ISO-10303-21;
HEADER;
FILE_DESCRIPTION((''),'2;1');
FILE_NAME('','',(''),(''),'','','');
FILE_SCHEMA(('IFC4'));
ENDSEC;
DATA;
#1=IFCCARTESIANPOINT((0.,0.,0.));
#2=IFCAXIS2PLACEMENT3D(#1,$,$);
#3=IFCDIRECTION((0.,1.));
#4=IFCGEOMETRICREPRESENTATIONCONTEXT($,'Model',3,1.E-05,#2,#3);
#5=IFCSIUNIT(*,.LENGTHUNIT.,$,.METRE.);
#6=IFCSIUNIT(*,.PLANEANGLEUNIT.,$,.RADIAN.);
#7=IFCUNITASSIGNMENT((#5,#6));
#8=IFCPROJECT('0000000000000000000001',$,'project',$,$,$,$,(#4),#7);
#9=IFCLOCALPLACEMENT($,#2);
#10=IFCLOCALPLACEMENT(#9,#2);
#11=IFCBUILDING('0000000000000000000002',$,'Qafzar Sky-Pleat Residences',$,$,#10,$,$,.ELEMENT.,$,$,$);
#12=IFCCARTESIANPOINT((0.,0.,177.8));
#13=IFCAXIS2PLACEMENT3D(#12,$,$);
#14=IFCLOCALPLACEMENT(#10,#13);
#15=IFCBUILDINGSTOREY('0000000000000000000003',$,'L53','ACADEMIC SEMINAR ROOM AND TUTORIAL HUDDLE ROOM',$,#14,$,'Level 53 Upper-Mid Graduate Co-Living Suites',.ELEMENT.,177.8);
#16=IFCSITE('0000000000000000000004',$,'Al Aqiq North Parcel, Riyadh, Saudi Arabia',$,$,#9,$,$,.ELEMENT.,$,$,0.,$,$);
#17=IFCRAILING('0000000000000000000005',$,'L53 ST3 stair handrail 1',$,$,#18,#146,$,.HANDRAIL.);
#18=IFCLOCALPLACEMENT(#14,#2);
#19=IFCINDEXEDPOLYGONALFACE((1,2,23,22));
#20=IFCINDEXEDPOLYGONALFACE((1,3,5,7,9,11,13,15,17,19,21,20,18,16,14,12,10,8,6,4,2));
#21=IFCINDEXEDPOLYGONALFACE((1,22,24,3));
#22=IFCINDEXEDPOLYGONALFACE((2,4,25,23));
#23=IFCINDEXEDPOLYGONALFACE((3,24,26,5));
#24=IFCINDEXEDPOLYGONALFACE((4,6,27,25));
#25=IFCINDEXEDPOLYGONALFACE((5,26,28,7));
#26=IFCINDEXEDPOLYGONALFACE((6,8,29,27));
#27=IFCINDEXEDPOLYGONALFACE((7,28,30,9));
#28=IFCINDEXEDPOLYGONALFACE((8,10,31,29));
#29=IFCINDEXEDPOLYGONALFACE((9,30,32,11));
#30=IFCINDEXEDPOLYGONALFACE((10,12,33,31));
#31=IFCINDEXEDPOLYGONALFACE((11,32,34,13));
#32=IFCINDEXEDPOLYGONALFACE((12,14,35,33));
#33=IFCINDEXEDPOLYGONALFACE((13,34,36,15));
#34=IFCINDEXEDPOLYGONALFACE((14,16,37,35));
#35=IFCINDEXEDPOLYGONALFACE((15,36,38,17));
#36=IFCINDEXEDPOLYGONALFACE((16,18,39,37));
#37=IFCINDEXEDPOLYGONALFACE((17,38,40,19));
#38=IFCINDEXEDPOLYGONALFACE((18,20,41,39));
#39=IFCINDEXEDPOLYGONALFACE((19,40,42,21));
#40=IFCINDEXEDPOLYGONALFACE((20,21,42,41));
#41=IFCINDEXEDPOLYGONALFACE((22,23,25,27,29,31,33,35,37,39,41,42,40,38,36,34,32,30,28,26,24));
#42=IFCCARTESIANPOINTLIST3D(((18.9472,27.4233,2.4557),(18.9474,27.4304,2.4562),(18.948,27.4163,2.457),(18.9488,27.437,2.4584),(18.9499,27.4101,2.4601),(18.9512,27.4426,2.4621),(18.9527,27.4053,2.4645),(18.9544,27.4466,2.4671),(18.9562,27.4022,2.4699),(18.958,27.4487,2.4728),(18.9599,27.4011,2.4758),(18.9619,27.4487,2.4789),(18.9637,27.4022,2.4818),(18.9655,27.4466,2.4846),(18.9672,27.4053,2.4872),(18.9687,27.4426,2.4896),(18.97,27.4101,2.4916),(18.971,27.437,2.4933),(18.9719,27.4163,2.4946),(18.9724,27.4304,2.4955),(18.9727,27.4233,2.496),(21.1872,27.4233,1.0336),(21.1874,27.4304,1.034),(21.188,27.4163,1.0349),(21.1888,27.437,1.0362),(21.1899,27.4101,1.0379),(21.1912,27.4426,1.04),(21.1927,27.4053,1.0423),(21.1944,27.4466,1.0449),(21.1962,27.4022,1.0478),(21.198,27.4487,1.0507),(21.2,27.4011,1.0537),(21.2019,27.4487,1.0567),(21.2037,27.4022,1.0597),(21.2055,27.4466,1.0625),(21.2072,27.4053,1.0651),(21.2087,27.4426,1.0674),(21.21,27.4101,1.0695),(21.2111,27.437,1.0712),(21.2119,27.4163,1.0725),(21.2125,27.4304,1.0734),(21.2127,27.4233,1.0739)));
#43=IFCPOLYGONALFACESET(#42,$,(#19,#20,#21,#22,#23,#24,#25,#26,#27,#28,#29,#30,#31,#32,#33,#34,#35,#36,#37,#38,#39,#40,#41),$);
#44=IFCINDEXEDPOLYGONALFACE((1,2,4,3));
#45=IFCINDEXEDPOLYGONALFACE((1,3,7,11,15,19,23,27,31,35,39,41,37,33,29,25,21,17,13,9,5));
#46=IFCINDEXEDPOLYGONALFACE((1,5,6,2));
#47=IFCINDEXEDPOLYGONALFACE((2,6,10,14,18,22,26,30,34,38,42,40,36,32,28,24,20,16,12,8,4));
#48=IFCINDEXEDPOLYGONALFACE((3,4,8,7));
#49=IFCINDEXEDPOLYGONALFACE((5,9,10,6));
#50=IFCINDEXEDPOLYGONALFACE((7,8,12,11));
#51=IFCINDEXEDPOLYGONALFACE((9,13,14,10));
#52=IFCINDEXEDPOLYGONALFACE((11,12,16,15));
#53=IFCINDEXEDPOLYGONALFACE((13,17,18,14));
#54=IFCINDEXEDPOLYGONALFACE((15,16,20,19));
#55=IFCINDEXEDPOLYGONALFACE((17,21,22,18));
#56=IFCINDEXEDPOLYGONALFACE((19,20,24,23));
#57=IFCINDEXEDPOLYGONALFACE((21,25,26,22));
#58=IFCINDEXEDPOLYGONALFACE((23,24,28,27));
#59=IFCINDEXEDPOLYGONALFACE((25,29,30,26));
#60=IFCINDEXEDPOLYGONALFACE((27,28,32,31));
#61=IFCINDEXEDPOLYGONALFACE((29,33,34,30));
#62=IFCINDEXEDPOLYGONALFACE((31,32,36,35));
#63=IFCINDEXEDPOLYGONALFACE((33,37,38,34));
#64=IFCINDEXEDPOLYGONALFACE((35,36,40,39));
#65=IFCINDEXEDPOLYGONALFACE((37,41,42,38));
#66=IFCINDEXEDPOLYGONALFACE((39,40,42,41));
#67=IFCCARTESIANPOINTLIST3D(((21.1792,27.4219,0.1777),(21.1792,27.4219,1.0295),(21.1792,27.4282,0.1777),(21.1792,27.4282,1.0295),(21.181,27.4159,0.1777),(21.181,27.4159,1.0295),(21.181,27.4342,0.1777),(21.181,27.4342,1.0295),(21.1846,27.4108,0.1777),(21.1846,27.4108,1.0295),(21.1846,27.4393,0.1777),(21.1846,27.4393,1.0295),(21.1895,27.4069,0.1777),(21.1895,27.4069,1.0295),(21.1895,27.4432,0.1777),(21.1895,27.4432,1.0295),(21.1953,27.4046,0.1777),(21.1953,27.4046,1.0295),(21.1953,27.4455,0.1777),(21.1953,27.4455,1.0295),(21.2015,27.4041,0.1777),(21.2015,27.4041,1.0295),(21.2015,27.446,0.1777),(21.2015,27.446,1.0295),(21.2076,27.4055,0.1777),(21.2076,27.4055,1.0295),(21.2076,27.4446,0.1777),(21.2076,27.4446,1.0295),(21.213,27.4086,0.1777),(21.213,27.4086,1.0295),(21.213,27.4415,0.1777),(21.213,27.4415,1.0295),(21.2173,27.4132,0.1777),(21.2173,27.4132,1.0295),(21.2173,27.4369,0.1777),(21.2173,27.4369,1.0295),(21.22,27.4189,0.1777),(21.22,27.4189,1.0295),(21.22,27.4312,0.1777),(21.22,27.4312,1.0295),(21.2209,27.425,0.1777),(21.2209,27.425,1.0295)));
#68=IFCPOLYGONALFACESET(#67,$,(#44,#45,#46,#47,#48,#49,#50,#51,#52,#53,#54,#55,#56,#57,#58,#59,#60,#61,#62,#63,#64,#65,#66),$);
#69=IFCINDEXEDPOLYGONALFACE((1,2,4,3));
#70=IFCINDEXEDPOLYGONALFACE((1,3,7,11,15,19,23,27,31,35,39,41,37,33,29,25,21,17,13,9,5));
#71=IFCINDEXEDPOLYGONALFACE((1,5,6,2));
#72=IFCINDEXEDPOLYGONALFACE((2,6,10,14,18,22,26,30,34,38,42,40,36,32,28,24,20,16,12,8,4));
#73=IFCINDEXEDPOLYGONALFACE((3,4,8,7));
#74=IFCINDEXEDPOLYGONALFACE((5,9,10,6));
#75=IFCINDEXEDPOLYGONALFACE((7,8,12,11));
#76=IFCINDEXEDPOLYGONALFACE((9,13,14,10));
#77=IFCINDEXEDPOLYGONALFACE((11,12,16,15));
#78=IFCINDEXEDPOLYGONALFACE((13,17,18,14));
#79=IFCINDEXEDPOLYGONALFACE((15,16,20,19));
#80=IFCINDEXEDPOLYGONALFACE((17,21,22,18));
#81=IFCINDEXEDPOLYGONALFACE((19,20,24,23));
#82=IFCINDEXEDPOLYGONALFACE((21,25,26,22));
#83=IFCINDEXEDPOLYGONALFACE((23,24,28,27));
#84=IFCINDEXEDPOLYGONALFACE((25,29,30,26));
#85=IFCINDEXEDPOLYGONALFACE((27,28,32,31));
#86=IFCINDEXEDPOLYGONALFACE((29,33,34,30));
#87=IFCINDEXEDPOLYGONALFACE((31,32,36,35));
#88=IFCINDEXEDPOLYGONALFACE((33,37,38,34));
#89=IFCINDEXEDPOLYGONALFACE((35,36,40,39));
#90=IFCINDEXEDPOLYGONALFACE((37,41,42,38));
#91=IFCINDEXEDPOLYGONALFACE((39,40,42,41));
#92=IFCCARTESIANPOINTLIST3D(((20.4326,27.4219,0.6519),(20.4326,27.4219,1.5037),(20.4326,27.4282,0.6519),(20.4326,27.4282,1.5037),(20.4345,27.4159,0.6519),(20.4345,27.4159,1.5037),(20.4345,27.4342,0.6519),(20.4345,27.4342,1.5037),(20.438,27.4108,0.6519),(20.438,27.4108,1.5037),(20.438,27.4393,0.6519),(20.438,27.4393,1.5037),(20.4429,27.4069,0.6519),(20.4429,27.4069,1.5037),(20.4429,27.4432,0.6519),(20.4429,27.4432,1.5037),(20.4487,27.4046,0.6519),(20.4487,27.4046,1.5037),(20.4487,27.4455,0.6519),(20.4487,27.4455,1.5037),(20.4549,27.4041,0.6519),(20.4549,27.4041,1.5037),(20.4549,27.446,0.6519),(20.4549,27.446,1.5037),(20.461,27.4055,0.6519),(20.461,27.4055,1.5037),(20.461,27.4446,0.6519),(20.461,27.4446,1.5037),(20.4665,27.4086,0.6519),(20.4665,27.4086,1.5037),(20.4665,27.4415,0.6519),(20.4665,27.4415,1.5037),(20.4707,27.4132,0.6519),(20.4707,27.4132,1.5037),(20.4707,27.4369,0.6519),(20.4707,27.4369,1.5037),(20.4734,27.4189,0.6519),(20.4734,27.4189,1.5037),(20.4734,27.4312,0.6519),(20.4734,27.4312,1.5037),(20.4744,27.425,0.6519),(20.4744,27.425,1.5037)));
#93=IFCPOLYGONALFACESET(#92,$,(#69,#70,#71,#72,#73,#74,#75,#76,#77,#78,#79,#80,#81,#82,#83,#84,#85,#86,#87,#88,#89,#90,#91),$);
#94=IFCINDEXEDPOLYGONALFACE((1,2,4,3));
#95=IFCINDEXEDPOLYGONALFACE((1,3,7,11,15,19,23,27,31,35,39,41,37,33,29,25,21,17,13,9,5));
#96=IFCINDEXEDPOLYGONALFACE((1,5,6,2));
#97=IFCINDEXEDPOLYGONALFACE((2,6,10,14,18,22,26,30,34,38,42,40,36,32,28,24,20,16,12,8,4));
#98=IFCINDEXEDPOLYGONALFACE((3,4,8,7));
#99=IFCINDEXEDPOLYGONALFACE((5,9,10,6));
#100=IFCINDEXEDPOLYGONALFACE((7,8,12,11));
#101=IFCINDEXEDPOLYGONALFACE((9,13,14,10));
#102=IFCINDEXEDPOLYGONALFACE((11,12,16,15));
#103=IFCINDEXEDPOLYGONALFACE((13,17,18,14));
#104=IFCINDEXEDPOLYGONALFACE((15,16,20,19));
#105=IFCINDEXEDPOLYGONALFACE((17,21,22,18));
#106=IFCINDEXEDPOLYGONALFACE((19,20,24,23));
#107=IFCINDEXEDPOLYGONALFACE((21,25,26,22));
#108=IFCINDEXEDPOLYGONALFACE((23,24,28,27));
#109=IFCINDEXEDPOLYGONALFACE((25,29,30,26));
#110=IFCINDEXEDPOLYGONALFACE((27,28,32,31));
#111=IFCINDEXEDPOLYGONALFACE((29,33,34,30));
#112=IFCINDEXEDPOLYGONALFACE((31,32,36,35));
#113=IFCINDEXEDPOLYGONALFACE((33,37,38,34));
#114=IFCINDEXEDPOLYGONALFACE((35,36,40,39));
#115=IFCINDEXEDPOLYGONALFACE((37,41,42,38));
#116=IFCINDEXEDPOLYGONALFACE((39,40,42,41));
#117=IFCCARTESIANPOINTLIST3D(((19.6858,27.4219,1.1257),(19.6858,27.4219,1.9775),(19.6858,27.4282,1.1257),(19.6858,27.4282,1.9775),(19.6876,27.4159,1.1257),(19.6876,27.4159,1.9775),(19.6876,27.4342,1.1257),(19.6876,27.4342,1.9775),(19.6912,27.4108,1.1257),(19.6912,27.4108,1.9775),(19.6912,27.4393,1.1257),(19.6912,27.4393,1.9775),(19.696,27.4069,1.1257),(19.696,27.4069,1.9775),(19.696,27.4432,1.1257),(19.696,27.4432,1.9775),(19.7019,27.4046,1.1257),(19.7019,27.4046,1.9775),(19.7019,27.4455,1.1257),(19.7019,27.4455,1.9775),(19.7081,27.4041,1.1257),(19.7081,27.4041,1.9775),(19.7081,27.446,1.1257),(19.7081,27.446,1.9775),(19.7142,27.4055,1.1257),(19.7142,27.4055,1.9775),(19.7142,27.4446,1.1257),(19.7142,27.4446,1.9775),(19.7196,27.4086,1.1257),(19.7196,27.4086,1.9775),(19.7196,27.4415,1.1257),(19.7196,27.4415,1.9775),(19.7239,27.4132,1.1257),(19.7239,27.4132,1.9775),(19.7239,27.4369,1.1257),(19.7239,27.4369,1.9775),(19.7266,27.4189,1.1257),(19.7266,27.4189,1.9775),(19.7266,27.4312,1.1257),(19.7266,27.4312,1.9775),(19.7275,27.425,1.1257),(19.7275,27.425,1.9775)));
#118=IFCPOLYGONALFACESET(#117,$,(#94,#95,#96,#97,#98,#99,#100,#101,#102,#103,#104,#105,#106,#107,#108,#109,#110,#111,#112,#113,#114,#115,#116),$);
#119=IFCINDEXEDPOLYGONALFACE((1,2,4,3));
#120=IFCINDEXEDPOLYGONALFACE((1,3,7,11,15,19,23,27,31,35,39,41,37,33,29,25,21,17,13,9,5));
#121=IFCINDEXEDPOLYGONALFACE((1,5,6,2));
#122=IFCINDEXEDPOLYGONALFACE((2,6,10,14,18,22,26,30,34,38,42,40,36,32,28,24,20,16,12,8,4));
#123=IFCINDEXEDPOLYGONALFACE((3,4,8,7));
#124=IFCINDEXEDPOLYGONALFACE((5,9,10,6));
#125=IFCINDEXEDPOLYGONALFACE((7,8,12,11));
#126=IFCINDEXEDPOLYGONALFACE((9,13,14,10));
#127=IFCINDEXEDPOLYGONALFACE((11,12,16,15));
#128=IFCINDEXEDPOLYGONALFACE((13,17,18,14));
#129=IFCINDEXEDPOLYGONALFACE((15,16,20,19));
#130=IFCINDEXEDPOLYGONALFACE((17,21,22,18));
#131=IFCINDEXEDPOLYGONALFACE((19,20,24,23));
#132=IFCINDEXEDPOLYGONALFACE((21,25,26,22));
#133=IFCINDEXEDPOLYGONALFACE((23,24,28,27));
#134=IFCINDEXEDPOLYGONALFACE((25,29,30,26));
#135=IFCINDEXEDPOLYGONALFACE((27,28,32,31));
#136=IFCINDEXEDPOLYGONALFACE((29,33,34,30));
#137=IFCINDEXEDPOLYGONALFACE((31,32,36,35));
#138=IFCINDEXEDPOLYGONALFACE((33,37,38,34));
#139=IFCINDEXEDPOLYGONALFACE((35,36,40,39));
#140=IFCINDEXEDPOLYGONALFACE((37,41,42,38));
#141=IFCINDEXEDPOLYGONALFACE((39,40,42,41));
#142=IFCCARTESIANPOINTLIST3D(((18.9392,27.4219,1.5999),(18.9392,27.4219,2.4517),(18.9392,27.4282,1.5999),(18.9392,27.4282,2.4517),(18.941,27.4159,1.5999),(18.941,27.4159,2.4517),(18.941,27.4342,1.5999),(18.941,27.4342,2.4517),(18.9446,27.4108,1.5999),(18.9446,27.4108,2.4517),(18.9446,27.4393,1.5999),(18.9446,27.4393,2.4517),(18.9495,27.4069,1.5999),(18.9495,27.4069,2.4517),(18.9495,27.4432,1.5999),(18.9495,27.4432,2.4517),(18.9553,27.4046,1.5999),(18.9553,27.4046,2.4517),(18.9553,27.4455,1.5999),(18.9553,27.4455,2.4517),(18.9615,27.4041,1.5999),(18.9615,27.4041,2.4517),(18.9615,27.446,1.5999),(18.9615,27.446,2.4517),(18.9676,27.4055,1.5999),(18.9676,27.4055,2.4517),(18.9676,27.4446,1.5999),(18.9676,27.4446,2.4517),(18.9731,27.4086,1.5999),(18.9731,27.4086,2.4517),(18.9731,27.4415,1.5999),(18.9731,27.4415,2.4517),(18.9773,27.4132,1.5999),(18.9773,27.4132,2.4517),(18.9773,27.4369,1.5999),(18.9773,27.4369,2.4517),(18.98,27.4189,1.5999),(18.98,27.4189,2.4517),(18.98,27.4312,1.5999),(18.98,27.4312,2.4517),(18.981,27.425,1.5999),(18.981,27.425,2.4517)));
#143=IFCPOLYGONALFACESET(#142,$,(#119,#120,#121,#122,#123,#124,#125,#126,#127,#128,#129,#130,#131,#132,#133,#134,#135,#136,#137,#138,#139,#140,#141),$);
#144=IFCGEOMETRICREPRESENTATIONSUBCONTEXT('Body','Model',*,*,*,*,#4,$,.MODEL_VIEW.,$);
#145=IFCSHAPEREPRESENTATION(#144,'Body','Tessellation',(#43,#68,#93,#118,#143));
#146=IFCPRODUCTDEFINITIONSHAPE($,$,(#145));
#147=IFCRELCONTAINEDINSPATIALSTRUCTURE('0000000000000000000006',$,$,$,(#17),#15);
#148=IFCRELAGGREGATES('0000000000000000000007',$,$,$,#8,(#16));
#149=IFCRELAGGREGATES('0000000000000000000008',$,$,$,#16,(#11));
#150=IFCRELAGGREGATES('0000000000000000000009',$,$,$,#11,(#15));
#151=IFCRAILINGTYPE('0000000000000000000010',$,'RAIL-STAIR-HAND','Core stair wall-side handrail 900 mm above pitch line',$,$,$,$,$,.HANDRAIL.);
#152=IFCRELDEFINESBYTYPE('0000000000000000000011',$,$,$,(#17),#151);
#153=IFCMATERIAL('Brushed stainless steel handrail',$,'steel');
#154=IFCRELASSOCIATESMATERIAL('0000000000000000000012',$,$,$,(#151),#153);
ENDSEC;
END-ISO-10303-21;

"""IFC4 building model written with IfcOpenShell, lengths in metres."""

from ifc_helpers import new_model, si_unit, direction, frame, origin, origin_2d, place, context, subcontext, project, spatial, circle, extrude, source, transform, mapped, material, type_object, element, save


model = new_model("IFC4")

# Units and contexts
model_context = context("Model", 3, precision=1e-05, world=origin(), true_north=direction((0.0, 1.0)))
body_context = subcontext(model_context, "Body", "Model", "MODEL_VIEW")
ifc_project = project(units=[si_unit("LENGTHUNIT", "METRE"), si_unit("PLANEANGLEUNIT", "RADIAN")], contexts=[model_context])

# Site, building, storey
site_placement = place(None, origin())
site = spatial("IfcSite", under=ifc_project, at=site_placement, Name="Al Aqiq North Parcel, Riyadh, Saudi Arabia", CompositionType="ELEMENT", RefElevation=0.0)
building_placement = place(site_placement, origin())
building = spatial("IfcBuilding", under=site, at=building_placement, Name="Qafzar Sky-Pleat Residences", CompositionType="ELEMENT")
storey_placement = place(building_placement, frame((0.0, 0.0, 177.8)))
storey = spatial("IfcBuildingStorey", under=building, at=storey_placement, Name="L53", Description="ACADEMIC SEMINAR ROOM AND TUTORIAL HUDDLE ROOM", LongName="Level 53 Upper-Mid Graduate Co-Living Suites", CompositionType="ELEMENT", Elevation=177.8)

# Railing
ifc_material_1 = material(Name="Brushed stainless steel handrail", Category="steel")
railing_type = type_object("IfcRailingType", Name="RAIL-STAIR-HAND", Description="Core stair wall-side handrail 900 mm above pitch line", PredefinedType="HANDRAIL", material=ifc_material_1)
shared_shape_1 = source(origin(), body_context, "Body", "SweptSolid", [
    extrude(circle(Radius=0.0239, at=origin_2d()), frame((0.0, 0.0, 0.876), z_axis=(-0.844229, 0.0, 0.535982), x_axis=(0.0, -1.0, 0.0)), (0.0, 0.0, 1.0), 2.6533),
    extrude(circle(Radius=0.021, at=origin_2d()), origin(), (0.0, 0.0, 1.0), 0.8518),
    extrude(circle(Radius=0.021, at=origin_2d()), frame((-0.7466, 0.0, 0.4741)), (0.0, 0.0, 1.0), 0.8518),
    extrude(circle(Radius=0.021, at=origin_2d()), frame((-1.4934, 0.0, 0.948)), (0.0, 0.0, 1.0), 0.8518),
    extrude(circle(Radius=0.021, at=origin_2d()), frame((-2.24, 0.0, 1.4221)), (0.0, 0.0, 1.0), 0.8518),
])
railing_placement = place(storey_placement, frame((21.2, 27.425, 0.1777)))
element("IfcRailing", 1, at=railing_placement, inside=storey, type_object=railing_type, Name="L53 ST3 stair handrail 1", PredefinedType="HANDRAIL", context=body_context, shape_type="MappedRepresentation", body=[
    mapped(shared_shape_1, transform((0.0, 0.0, 0.0), x_axis=(1.0, 0.0, 0.0), y_axis=(0.0, 1.0, 0.0), z_axis=(0.0, 0.0, 1.0), scale=1.0)),
])

save(model, "model.ifc")
